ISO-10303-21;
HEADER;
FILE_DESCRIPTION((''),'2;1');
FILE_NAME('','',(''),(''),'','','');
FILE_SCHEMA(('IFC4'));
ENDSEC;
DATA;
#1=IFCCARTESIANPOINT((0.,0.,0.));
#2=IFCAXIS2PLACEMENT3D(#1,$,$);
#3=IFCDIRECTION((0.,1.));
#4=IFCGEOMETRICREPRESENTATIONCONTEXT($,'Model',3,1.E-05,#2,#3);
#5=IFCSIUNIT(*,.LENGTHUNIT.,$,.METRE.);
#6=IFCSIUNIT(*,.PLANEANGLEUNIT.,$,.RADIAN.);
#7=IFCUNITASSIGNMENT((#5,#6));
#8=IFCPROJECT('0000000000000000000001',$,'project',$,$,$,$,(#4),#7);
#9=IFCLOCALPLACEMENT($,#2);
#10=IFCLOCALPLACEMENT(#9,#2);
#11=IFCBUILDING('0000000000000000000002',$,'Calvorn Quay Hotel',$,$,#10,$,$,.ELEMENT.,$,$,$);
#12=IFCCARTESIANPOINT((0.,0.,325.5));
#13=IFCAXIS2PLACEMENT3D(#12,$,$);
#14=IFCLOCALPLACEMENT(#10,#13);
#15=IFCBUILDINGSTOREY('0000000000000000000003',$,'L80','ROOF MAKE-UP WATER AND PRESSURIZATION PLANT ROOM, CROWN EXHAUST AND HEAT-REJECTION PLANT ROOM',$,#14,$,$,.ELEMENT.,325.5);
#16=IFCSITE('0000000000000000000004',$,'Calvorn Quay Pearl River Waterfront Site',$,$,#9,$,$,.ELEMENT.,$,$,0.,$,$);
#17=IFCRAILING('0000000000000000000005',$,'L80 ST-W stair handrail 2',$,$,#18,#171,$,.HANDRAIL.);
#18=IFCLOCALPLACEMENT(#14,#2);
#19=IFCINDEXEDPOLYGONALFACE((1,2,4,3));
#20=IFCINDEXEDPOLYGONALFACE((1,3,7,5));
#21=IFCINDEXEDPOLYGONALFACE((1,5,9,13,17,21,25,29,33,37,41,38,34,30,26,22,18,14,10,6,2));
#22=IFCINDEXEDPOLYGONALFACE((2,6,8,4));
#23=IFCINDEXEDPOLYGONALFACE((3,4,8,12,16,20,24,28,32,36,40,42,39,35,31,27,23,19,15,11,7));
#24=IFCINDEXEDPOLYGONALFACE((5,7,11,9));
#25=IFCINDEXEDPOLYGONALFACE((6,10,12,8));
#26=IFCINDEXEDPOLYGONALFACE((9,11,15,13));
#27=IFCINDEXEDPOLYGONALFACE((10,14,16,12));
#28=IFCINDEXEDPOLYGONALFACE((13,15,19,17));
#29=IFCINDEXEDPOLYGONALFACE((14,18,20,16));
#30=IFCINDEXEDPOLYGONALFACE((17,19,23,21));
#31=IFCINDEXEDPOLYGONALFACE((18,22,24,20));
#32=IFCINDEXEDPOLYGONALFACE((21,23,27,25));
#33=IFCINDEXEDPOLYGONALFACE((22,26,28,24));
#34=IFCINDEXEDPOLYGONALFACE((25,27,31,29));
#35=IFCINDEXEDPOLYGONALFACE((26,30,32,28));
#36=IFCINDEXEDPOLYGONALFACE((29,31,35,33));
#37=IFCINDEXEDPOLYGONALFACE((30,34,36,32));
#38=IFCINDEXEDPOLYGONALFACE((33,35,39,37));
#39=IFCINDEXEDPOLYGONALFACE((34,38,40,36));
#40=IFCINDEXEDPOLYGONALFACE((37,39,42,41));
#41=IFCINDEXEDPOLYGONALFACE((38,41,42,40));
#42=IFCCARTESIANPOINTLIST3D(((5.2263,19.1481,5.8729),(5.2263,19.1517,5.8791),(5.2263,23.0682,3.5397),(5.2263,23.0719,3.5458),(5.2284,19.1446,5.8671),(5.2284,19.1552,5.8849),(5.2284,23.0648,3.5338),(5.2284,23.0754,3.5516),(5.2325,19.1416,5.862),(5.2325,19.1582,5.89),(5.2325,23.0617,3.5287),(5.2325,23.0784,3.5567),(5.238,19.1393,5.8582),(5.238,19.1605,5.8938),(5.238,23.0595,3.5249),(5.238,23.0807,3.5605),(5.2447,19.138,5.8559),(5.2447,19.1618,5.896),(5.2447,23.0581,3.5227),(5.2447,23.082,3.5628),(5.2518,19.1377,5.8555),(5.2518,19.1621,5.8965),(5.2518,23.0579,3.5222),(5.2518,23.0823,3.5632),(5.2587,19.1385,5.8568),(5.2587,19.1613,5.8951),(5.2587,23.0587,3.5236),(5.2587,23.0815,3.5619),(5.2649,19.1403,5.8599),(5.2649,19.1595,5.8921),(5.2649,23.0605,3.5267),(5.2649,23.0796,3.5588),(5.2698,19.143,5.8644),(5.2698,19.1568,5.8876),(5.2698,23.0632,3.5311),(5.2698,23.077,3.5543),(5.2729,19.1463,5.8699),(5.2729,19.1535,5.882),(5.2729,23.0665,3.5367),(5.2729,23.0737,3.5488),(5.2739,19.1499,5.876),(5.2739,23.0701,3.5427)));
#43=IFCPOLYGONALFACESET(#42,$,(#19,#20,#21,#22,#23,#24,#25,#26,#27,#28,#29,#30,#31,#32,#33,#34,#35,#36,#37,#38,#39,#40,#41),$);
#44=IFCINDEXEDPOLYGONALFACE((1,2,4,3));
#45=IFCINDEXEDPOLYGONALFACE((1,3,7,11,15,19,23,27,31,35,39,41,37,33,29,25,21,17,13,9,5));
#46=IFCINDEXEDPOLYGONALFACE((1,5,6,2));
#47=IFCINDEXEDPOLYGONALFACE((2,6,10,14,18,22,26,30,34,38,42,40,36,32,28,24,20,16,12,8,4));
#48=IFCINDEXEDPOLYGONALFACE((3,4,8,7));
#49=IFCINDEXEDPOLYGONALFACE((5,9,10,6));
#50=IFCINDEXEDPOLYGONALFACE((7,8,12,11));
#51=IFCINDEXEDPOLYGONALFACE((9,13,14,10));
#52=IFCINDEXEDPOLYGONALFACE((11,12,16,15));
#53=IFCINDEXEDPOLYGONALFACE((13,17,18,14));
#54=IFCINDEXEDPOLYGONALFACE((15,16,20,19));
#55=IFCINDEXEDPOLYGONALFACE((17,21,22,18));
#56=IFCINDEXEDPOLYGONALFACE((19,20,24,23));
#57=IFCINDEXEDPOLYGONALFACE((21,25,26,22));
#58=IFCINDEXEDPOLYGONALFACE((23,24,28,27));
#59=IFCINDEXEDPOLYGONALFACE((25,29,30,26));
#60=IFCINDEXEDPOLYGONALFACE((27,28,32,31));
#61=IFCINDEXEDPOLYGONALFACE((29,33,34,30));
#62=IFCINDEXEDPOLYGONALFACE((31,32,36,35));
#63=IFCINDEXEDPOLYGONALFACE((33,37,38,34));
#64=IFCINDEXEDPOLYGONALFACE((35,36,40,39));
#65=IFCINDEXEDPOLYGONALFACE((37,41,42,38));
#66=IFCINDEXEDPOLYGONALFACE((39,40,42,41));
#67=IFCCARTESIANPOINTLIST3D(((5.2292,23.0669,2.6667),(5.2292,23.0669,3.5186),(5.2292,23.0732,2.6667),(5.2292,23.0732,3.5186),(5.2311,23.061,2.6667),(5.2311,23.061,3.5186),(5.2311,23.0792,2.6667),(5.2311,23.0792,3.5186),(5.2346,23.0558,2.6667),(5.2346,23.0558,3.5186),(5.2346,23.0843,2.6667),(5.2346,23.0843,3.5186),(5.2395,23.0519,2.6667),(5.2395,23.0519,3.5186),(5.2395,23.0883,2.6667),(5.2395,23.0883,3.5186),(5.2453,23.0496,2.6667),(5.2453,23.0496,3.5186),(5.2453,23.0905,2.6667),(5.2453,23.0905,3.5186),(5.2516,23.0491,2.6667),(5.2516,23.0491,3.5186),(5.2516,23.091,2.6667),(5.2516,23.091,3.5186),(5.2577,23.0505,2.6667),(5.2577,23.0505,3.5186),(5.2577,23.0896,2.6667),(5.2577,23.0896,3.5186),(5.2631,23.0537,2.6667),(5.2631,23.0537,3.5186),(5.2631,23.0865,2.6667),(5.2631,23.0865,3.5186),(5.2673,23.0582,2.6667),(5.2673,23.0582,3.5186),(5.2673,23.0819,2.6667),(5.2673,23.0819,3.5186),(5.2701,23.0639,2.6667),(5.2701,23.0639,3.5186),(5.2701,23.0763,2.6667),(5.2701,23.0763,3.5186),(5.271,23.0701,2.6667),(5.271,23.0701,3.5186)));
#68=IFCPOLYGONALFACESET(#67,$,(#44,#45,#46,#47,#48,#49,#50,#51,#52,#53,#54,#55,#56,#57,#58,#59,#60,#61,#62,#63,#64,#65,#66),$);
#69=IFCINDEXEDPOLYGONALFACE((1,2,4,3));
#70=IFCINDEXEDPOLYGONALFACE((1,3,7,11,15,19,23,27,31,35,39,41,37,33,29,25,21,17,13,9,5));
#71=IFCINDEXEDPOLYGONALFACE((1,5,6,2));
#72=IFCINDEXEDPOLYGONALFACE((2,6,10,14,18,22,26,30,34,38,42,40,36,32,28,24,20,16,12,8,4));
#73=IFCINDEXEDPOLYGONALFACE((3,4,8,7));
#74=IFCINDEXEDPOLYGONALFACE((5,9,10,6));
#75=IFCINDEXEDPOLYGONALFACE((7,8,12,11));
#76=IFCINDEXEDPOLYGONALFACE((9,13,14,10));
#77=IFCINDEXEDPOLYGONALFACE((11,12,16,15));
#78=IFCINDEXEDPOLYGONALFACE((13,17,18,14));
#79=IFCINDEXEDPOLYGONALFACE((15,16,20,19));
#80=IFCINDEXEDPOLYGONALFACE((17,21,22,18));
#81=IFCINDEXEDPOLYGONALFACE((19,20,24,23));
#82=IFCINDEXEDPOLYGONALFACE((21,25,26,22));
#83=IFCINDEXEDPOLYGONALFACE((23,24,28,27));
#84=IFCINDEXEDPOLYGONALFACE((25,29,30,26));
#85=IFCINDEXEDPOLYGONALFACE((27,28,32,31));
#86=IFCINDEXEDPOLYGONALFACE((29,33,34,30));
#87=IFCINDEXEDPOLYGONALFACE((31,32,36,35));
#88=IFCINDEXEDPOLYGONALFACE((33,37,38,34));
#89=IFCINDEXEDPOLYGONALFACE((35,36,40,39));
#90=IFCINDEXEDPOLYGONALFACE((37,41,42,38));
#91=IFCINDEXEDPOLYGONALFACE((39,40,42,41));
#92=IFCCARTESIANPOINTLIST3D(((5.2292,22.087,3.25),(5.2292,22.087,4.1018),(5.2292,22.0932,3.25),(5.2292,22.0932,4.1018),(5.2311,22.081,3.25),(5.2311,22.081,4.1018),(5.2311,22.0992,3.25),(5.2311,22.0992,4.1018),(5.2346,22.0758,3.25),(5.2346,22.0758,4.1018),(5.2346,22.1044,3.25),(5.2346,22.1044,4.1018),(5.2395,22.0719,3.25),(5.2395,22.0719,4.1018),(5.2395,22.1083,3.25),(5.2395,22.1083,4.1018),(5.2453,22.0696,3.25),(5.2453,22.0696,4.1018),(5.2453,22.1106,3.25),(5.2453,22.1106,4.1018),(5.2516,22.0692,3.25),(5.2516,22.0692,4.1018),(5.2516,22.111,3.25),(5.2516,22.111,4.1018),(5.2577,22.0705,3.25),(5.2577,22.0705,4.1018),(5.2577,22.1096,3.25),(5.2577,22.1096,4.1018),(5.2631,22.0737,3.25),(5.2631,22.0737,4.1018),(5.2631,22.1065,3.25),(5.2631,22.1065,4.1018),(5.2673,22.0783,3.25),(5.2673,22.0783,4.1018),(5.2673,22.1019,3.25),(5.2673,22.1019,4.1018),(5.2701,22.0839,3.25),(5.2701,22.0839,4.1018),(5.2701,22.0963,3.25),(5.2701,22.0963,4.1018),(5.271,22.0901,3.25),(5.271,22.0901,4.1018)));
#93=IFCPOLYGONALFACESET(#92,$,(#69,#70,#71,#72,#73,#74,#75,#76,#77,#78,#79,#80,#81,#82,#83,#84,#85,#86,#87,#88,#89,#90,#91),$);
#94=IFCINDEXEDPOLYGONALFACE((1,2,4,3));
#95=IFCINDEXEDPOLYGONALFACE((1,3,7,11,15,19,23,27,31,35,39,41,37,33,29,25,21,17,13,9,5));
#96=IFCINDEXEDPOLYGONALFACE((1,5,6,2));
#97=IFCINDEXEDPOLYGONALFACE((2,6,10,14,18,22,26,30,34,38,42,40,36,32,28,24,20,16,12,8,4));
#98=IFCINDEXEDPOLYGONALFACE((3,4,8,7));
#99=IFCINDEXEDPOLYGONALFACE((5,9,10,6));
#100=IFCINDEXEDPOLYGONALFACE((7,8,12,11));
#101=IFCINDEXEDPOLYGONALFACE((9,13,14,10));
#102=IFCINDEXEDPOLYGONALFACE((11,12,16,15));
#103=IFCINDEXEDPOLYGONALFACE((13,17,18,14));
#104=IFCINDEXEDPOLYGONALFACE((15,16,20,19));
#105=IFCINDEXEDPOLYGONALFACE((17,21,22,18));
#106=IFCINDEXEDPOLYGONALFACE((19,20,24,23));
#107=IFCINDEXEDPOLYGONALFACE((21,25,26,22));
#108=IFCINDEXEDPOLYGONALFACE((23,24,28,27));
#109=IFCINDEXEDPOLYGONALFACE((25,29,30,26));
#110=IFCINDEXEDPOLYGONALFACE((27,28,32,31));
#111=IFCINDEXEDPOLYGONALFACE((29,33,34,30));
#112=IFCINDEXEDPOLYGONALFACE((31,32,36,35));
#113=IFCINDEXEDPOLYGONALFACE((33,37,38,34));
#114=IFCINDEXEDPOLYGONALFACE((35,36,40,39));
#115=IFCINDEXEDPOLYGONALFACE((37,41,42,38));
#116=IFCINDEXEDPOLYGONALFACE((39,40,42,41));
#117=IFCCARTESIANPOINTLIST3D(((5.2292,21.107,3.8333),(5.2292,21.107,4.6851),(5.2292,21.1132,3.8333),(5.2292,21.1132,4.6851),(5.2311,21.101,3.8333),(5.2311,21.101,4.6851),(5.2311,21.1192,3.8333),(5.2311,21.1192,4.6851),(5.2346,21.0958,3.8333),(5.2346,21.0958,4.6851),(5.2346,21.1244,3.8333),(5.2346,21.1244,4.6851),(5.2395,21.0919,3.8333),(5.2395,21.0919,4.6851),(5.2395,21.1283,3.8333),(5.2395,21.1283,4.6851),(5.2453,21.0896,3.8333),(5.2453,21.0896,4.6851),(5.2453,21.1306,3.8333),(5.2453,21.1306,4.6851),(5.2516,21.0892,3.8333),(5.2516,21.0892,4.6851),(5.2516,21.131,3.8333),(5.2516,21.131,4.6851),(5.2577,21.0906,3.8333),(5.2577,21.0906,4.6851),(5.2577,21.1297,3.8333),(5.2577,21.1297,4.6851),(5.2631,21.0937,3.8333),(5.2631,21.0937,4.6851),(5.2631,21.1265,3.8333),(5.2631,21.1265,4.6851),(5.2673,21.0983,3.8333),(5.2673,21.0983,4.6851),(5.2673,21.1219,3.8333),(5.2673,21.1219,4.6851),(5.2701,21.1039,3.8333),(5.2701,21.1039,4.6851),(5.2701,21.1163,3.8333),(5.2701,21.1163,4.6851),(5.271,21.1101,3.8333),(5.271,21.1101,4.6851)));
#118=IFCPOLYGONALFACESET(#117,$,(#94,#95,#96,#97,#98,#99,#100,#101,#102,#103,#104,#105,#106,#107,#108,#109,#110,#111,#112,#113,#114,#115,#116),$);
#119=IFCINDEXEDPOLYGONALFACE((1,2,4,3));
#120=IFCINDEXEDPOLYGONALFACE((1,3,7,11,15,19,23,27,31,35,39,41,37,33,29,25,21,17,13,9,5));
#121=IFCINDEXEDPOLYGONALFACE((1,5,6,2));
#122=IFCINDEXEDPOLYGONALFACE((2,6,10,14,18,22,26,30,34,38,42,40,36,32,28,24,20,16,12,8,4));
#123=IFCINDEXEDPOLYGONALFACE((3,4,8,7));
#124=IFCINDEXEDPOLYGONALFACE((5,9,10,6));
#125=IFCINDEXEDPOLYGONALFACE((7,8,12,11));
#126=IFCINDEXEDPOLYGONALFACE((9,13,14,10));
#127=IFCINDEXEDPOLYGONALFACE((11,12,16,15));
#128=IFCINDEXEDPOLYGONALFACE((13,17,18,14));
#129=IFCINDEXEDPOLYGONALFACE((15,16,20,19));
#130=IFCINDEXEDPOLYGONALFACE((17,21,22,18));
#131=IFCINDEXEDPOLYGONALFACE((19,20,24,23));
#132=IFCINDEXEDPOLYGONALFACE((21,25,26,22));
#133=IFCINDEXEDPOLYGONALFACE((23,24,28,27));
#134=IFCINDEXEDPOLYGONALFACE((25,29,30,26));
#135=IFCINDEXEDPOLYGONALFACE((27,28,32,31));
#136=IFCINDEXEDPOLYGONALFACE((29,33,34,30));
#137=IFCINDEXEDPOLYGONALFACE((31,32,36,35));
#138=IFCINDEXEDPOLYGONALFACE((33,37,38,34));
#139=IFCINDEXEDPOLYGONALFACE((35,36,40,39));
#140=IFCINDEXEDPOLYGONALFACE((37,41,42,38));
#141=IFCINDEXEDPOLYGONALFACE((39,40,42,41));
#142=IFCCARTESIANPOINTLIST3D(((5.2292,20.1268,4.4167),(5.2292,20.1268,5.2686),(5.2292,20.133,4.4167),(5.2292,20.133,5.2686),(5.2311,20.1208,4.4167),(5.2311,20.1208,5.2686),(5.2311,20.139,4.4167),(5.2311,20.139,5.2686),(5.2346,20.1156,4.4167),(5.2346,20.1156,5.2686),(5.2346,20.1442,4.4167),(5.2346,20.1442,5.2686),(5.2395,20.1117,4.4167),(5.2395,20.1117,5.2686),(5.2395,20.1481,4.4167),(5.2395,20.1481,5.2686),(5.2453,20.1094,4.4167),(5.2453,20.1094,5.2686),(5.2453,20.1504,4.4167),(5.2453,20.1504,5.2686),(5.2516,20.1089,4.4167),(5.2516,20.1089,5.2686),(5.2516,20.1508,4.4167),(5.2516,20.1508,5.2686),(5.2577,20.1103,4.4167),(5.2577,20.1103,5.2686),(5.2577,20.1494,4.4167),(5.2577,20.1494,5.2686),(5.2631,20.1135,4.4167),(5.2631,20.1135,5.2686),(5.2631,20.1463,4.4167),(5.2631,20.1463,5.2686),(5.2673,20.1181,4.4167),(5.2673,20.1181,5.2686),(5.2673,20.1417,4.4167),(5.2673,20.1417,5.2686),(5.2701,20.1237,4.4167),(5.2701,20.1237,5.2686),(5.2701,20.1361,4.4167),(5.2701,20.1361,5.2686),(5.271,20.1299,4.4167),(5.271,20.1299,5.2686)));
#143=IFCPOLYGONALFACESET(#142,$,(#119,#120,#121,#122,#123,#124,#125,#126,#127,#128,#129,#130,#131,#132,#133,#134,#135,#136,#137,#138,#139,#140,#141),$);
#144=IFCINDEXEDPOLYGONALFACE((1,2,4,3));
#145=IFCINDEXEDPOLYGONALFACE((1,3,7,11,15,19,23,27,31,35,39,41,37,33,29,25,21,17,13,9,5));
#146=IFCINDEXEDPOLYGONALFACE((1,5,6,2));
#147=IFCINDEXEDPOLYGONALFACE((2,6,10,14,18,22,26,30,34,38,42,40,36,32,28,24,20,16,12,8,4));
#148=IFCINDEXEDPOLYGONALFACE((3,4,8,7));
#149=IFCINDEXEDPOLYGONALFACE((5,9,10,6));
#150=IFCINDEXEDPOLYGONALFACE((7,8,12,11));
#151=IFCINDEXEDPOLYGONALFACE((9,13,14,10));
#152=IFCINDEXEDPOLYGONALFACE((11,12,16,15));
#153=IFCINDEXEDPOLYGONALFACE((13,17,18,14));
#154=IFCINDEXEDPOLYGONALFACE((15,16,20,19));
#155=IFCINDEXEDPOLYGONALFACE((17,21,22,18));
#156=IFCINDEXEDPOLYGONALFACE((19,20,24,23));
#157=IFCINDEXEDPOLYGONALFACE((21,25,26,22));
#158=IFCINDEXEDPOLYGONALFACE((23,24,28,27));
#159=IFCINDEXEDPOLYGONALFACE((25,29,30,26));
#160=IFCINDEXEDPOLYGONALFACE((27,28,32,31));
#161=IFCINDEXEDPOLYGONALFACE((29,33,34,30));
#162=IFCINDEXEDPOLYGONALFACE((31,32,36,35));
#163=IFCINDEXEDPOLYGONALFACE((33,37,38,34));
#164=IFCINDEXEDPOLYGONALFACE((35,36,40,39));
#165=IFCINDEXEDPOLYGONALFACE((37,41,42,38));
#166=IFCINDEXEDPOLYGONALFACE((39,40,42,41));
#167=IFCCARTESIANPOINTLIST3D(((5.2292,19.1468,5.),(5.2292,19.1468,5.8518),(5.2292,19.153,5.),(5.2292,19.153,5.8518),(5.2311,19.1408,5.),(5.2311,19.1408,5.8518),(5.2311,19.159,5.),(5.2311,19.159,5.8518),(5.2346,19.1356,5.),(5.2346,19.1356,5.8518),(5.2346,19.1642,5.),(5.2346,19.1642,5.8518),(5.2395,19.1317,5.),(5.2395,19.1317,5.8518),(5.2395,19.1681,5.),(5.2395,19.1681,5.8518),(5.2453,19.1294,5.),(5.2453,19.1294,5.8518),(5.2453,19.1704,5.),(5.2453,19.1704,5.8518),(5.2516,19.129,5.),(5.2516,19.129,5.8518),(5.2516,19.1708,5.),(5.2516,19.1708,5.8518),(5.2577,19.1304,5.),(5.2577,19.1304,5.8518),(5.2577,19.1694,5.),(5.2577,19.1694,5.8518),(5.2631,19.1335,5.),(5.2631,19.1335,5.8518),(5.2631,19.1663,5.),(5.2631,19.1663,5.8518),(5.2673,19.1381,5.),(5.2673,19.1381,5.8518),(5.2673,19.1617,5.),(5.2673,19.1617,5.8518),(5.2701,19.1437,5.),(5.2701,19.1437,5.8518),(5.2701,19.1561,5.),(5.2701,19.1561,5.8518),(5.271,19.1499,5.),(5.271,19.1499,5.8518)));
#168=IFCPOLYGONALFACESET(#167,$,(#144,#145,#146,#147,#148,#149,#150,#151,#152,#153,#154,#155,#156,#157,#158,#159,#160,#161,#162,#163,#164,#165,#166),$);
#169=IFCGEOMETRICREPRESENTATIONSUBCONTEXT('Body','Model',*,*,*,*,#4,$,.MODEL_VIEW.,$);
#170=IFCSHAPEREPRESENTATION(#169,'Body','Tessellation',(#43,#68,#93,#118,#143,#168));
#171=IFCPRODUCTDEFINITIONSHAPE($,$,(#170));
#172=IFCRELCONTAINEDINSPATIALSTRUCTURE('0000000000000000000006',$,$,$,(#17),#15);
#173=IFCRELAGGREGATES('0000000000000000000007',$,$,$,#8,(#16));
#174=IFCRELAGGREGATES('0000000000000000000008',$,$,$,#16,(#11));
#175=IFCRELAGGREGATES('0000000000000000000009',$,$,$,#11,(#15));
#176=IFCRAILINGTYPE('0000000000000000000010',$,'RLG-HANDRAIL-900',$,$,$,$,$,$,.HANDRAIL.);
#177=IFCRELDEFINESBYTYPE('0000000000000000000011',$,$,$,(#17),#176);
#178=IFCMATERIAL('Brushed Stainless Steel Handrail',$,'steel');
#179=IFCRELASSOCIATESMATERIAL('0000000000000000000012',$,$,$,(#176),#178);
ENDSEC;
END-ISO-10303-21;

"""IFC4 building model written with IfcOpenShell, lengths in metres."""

from ifc_helpers import new_model, si_unit, direction, frame, origin, origin_2d, place, context, subcontext, project, spatial, circle, extrude, material, type_object, element, save


model = new_model("IFC4")

# Units and contexts
model_context = context("Model", 3, precision=1e-05, world=origin(), true_north=direction((0.0, 1.0)))
body_context = subcontext(model_context, "Body", "Model", "MODEL_VIEW")
ifc_project = project(units=[si_unit("LENGTHUNIT", "METRE"), si_unit("PLANEANGLEUNIT", "RADIAN")], contexts=[model_context])

# Site, building, storey
site_placement = place(None, origin())
site = spatial("IfcSite", under=ifc_project, at=site_placement, Name="Calvorn Quay Pearl River Waterfront Site", CompositionType="ELEMENT", RefElevation=0.0)
building_placement = place(site_placement, origin())
building = spatial("IfcBuilding", under=site, at=building_placement, Name="Calvorn Quay Hotel", CompositionType="ELEMENT")
storey_placement = place(building_placement, frame((0.0, 0.0, 325.5)))
storey = spatial("IfcBuildingStorey", under=building, at=storey_placement, Name="L80", Description="ROOF MAKE-UP WATER AND PRESSURIZATION PLANT ROOM, CROWN EXHAUST AND HEAT-REJECTION PLANT ROOM", CompositionType="ELEMENT", Elevation=325.5)

# Railing
ifc_material_1 = material(Name="Brushed Stainless Steel Handrail", Category="steel")
railing_type_1 = type_object("IfcRailingType", Name="RLG-HANDRAIL-900", PredefinedType="HANDRAIL", material=ifc_material_1)
railing_1_placement = place(storey_placement, frame((5.25, 23.0701, 2.6667)))
element("IfcRailing", 1, at=railing_1_placement, inside=storey, type_object=railing_type_1, Name="L80 ST-W stair handrail 2", PredefinedType="HANDRAIL", context=body_context, shape_type="SweptSolid", body=[
    extrude(circle(Radius=0.0239, at=origin_2d()), frame((0.0, 0.0, 0.876), z_axis=(0.0, -0.85931, 0.511455), x_axis=(1.0, 0.0, 0.0)), (0.0, 0.0, 1.0), 4.562),
    extrude(circle(Radius=0.021, at=origin_2d()), origin(), (0.0, 0.0, 1.0), 0.8518),
    extrude(circle(Radius=0.021, at=origin_2d()), frame((0.0, -0.98, 0.5833)), (0.0, 0.0, 1.0), 0.8518),
    extrude(circle(Radius=0.021, at=origin_2d()), frame((0.0, -1.96, 1.1665)), (0.0, 0.0, 1.0), 0.8518),
    extrude(circle(Radius=0.021, at=origin_2d()), frame((0.0, -2.9402, 1.75)), (0.0, 0.0, 1.0), 0.8518),
    extrude(circle(Radius=0.021, at=origin_2d()), frame((0.0, -3.9202, 2.3333)), (0.0, 0.0, 1.0), 0.8518),
])

save(model, "model.ifc")
